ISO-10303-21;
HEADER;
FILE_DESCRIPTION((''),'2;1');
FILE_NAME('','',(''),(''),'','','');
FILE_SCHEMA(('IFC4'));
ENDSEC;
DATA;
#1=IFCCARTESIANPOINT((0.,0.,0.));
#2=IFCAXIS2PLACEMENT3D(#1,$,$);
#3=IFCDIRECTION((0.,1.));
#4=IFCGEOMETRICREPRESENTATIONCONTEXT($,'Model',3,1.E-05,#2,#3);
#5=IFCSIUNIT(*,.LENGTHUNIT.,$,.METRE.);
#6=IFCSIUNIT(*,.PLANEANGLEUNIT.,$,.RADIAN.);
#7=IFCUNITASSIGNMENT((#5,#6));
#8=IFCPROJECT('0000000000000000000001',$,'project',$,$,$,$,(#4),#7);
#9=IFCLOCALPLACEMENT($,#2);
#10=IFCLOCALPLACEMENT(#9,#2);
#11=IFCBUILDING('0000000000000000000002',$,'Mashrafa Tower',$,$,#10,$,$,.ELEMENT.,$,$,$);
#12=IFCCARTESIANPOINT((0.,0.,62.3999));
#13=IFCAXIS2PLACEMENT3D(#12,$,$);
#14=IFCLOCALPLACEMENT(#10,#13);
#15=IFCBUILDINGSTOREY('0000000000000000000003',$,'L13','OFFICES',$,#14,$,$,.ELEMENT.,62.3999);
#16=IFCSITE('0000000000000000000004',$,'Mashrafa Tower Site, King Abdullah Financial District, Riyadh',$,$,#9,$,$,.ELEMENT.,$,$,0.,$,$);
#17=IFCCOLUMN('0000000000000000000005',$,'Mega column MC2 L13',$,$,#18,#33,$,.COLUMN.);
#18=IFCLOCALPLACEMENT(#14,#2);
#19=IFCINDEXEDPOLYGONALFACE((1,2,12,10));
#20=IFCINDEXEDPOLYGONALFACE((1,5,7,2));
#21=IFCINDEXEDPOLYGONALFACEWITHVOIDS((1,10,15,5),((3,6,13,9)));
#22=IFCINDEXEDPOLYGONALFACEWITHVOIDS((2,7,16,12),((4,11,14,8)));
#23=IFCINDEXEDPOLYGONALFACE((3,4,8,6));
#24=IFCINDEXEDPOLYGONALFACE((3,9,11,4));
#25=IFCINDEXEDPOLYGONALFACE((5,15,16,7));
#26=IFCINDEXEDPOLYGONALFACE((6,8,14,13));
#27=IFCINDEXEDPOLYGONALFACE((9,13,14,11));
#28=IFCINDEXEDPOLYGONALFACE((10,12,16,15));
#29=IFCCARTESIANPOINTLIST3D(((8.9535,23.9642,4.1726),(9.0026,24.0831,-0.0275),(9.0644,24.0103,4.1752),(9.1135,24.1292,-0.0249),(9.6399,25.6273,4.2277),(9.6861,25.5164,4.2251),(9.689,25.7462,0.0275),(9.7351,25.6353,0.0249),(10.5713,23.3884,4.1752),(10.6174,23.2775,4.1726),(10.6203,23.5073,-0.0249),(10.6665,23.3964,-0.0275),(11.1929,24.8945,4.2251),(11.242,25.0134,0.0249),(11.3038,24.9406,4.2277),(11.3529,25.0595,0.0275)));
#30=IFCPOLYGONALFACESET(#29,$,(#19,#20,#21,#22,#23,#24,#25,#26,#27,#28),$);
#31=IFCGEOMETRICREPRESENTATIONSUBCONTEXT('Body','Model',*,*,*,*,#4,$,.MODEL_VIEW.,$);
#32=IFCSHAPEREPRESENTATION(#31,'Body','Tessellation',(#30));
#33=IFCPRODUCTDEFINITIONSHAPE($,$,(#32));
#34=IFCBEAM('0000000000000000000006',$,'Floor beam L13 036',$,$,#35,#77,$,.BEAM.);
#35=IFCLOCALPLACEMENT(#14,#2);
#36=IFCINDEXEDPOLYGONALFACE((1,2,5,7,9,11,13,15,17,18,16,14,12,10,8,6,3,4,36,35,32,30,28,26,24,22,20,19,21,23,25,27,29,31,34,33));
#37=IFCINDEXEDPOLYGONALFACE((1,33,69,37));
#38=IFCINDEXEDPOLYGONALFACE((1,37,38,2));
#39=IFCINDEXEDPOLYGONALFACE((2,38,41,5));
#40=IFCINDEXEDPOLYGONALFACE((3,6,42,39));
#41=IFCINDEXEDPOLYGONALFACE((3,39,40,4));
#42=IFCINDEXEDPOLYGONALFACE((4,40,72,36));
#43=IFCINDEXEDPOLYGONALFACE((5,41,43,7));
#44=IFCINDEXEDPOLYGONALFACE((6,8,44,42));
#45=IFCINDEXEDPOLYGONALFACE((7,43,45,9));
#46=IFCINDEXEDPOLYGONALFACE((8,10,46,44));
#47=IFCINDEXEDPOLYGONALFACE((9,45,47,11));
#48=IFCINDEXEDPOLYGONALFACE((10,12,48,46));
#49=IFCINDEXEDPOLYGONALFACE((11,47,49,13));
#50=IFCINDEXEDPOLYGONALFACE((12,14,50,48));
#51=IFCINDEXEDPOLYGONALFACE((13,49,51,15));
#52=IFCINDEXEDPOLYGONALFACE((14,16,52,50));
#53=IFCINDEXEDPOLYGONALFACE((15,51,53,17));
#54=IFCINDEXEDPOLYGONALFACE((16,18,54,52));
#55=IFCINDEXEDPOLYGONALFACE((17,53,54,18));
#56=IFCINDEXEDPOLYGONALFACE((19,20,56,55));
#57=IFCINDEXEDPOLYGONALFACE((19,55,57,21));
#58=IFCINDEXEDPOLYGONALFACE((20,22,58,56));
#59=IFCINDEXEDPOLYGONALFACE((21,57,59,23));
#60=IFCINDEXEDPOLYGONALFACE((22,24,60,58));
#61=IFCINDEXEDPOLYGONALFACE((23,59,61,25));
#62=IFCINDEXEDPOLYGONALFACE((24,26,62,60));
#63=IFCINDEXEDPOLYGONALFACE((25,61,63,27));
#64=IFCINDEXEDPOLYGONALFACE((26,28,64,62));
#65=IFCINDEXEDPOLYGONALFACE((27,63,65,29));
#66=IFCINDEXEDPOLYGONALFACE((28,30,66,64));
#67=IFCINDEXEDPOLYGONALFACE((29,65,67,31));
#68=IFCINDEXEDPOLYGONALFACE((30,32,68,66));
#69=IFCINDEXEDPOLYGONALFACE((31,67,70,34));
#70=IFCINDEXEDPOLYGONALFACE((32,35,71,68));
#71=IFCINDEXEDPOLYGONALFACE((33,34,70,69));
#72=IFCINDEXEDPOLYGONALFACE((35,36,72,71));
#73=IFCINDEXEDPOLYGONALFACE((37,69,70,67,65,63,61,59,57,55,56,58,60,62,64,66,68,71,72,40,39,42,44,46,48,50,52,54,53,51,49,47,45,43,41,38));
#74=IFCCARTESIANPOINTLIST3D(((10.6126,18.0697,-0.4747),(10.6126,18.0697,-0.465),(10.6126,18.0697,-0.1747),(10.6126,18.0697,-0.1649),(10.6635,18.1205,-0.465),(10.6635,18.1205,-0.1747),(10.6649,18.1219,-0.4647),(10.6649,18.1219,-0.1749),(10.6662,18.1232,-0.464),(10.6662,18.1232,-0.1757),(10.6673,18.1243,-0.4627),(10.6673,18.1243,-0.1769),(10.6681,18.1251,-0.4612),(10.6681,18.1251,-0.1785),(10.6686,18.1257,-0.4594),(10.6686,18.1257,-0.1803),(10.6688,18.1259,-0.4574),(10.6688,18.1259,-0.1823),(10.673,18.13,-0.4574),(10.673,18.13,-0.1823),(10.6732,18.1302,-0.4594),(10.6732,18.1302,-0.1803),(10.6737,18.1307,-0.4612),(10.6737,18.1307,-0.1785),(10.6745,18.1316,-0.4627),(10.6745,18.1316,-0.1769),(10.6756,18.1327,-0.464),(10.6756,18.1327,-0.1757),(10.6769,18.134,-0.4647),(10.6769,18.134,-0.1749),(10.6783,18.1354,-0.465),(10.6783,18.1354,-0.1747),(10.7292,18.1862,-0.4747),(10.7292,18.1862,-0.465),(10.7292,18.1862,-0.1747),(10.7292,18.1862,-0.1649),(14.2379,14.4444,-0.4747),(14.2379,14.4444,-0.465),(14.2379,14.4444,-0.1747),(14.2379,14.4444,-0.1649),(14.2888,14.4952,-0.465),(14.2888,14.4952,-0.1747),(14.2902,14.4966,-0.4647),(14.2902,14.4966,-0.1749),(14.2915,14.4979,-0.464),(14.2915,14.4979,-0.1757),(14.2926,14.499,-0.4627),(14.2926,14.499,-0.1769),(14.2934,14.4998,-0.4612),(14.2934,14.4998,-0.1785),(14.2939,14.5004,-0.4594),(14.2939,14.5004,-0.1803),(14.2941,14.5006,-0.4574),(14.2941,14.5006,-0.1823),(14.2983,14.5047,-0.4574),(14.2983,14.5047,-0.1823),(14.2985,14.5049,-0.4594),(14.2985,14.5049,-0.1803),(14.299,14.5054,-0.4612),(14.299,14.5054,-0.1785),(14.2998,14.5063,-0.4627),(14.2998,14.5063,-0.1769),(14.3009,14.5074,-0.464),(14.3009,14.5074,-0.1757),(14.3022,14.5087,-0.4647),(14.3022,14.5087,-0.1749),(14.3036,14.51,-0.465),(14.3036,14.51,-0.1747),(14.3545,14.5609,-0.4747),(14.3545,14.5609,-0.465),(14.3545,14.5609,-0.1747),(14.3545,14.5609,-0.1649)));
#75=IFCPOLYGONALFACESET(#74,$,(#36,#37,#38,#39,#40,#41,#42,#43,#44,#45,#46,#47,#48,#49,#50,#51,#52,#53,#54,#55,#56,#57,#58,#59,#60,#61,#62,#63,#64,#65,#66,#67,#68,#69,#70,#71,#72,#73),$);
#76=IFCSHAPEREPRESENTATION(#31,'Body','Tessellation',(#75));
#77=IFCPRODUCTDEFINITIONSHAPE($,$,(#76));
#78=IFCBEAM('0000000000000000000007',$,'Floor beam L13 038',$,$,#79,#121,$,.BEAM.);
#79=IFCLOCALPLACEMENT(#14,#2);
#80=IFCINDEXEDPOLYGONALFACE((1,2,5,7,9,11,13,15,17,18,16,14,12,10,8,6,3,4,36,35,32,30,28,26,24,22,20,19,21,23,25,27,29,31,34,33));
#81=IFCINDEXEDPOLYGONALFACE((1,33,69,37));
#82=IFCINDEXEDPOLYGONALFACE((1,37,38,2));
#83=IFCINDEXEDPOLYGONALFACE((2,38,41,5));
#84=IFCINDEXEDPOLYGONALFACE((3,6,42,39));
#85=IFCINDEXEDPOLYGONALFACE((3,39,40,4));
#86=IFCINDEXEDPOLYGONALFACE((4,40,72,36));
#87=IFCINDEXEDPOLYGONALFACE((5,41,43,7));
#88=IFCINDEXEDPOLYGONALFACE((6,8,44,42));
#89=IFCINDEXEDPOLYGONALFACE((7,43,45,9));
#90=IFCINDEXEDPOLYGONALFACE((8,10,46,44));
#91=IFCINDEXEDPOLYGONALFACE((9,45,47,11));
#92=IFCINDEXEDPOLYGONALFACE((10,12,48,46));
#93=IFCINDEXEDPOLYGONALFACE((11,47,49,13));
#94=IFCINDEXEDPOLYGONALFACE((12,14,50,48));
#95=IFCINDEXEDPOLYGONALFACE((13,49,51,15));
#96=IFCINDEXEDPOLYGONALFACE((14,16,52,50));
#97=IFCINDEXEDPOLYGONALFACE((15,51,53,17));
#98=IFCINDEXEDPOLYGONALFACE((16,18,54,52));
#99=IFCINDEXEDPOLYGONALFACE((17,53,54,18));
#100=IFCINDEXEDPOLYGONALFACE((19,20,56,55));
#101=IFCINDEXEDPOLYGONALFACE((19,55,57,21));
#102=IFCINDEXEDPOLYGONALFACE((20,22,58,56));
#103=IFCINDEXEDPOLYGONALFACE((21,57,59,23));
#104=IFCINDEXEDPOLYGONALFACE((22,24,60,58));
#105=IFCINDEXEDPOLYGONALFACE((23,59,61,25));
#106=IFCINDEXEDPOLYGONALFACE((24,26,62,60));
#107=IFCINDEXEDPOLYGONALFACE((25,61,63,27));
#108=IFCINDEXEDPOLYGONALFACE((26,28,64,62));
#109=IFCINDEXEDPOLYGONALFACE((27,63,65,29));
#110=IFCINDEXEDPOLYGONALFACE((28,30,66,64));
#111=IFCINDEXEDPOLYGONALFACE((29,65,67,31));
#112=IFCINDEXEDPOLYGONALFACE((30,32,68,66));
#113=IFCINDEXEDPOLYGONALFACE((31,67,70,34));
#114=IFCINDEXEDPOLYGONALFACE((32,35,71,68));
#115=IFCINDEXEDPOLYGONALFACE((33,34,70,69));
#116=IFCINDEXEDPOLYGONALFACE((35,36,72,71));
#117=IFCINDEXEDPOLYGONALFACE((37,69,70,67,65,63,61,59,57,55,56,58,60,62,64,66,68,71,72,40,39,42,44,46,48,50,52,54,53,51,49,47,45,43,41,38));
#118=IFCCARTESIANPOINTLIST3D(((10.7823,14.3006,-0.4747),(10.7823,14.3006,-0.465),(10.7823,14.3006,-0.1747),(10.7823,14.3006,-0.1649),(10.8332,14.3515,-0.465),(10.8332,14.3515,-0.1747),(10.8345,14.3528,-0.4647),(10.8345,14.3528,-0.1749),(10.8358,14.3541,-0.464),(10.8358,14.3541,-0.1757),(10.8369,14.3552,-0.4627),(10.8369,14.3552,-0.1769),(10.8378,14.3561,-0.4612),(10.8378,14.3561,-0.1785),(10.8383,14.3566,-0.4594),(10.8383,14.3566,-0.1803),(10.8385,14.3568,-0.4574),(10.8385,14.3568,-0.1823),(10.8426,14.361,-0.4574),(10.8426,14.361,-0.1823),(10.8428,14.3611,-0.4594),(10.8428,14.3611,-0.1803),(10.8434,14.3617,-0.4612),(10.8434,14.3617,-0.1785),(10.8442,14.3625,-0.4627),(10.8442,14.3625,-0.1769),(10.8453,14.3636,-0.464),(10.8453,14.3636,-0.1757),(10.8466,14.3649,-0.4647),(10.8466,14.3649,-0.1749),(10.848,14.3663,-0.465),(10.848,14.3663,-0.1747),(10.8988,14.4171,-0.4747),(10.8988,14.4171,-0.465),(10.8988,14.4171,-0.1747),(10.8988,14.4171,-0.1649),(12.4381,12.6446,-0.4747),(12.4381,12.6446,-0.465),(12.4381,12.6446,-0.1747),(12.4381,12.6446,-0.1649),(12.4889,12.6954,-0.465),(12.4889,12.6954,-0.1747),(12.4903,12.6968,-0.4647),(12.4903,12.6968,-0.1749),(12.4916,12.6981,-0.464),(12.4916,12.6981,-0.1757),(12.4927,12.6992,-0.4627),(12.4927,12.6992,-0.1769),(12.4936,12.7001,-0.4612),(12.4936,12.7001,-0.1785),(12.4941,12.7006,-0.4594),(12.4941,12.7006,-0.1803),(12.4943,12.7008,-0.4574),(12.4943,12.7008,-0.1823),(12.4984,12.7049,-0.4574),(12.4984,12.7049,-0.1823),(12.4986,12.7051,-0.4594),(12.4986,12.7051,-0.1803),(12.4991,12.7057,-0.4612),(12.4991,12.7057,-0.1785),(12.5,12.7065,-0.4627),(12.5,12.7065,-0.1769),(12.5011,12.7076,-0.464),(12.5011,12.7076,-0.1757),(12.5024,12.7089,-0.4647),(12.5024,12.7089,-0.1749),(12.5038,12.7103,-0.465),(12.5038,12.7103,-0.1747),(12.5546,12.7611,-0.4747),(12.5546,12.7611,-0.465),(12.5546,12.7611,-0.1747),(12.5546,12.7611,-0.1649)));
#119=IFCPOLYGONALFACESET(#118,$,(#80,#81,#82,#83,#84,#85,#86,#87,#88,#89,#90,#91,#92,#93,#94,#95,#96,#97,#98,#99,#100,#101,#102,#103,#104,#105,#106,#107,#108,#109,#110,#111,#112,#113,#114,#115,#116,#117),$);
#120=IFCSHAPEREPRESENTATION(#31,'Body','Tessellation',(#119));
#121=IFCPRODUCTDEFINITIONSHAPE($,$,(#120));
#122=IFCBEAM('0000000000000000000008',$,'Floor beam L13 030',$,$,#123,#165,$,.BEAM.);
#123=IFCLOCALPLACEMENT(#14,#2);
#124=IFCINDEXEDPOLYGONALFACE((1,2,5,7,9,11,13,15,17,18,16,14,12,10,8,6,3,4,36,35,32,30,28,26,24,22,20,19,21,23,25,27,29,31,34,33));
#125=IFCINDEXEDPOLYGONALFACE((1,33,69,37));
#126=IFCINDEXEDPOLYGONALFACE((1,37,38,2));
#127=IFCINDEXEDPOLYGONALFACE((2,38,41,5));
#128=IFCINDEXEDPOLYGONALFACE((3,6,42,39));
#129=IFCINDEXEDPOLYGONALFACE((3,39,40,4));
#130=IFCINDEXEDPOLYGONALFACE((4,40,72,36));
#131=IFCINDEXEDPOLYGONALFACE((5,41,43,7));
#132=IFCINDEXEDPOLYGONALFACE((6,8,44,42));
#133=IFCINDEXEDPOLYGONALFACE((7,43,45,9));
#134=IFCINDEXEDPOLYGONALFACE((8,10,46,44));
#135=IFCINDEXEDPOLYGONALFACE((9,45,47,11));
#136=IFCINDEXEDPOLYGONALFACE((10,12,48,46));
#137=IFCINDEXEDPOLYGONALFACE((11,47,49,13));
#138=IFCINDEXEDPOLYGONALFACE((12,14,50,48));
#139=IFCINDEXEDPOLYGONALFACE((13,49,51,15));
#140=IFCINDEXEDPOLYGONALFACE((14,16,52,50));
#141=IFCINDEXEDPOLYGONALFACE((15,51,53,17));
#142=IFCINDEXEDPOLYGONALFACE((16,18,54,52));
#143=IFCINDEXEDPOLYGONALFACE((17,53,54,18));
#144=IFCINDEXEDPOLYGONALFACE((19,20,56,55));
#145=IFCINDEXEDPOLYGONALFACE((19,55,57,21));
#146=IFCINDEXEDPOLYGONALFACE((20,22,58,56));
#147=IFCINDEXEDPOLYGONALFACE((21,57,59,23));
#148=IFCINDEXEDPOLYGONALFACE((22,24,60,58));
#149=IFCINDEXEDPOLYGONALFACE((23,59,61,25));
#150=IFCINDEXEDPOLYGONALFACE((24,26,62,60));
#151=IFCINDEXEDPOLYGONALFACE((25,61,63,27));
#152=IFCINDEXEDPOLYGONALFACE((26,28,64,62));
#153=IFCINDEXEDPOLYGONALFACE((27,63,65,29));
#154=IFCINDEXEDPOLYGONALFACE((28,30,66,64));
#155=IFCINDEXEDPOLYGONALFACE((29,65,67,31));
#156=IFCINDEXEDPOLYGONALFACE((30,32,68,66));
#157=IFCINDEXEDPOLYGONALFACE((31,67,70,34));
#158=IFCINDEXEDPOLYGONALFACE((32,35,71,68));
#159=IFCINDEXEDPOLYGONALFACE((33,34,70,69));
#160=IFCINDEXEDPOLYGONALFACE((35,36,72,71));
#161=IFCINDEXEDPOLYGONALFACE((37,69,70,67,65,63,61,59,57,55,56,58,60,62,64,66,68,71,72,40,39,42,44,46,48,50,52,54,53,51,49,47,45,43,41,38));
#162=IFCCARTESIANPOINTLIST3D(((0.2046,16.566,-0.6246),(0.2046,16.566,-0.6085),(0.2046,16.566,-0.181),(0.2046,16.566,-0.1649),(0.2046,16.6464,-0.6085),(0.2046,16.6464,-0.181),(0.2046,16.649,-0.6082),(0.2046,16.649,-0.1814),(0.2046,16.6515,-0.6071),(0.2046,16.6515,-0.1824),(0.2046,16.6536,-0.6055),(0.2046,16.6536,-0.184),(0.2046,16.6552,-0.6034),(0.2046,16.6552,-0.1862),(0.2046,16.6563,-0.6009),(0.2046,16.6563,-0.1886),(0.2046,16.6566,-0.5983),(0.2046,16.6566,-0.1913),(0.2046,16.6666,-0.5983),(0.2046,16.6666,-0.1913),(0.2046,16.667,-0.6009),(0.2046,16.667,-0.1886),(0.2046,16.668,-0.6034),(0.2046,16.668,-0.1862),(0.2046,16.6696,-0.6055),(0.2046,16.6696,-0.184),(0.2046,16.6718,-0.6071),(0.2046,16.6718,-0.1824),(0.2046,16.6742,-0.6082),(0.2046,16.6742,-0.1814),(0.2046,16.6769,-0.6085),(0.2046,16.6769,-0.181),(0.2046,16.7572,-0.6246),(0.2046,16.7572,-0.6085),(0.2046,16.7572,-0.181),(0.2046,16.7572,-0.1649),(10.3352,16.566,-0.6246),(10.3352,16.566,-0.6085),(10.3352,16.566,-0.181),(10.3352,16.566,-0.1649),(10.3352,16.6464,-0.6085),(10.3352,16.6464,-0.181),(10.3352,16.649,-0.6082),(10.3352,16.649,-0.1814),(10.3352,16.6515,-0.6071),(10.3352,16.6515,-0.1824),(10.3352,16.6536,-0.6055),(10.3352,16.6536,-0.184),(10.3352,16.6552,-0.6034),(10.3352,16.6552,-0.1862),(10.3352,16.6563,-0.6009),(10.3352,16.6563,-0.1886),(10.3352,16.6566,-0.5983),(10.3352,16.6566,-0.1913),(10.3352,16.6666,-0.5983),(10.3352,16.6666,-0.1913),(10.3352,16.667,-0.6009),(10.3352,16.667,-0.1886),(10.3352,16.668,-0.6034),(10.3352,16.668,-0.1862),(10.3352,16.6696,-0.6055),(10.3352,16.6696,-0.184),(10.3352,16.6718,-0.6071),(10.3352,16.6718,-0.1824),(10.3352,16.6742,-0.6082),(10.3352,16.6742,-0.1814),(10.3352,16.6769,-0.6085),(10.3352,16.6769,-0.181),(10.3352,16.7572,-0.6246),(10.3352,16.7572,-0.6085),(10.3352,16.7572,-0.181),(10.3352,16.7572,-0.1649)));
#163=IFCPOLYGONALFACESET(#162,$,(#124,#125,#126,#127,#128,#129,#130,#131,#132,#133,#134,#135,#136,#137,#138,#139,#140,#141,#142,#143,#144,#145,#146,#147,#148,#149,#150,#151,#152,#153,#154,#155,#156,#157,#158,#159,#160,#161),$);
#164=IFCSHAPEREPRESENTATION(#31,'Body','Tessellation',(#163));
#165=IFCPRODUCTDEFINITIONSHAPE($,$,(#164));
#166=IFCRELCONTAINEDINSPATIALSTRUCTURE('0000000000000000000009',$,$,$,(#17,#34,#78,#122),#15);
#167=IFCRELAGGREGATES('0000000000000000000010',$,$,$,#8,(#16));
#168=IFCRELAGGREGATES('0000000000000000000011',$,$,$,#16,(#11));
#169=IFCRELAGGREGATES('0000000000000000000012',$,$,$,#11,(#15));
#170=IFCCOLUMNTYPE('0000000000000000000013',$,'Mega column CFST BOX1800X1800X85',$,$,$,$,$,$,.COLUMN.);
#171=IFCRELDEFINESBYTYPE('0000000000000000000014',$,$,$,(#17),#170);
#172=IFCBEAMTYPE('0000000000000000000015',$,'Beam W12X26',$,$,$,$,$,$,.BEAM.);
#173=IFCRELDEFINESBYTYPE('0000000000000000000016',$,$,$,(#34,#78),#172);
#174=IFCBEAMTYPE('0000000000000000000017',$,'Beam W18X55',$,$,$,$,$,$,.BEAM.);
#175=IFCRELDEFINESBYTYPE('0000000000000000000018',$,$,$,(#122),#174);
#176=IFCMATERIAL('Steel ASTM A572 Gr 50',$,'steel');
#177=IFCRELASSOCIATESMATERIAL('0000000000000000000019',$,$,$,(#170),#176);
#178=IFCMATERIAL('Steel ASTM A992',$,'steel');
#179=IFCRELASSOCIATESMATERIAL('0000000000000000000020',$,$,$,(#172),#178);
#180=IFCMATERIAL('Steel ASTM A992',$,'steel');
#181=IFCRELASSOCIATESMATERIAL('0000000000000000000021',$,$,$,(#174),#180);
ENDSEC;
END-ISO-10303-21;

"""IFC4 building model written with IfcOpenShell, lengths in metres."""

from ifc_helpers import new_model, si_unit, direction, frame, origin, origin_2d, place, context, subcontext, project, spatial, hollow_rectangle, i_section, extrude, material, material_profile, profile_set, type_object, element, save


model = new_model("IFC4")

# Units and contexts
model_context = context("Model", 3, precision=1e-05, world=origin(), true_north=direction((0.0, 1.0)))
body_context = subcontext(model_context, "Body", "Model", "MODEL_VIEW")
ifc_project = project(units=[si_unit("LENGTHUNIT", "METRE"), si_unit("PLANEANGLEUNIT", "RADIAN")], contexts=[model_context])

# Site, building, storey
site_placement = place(None, origin())
site = spatial("IfcSite", under=ifc_project, at=site_placement, Name="Mashrafa Tower Site, King Abdullah Financial District, Riyadh", CompositionType="ELEMENT", RefElevation=0.0)
building_placement = place(site_placement, origin())
building = spatial("IfcBuilding", under=site, at=building_placement, Name="Mashrafa Tower", CompositionType="ELEMENT")
storey_placement = place(building_placement, frame((0.0, 0.0, 62.3999)))
storey = spatial("IfcBuildingStorey", under=building, at=storey_placement, Name="L13", Description="OFFICES", CompositionType="ELEMENT", Elevation=62.3999)

# Column
ifc_material_1 = material(Name="Steel ASTM A572 Gr 50", Category="steel")
ifc_material_profile_1 = material_profile(ifc_material_1, hollow_rectangle(XDim=1.8, YDim=1.8, WallThickness=0.085, at=origin_2d()), Name="BOX1800X1800X85")
ifc_profile_set_1 = profile_set([ifc_material_profile_1], Name="Steel ASTM A572 Gr 50")
column_type = type_object("IfcColumnType", Name="Mega column CFST BOX1800X1800X85", PredefinedType="COLUMN", material=ifc_profile_set_1)
column_placement = place(storey_placement, frame((10.1777, 24.5713, 0.0), z_axis=(-0.011678, -0.028294, 0.999531), x_axis=(0.924363, -0.381513, 0.0)))
element("IfcColumn", 1, at=column_placement, inside=storey, type_object=column_type, Name="Mega column MC2 L13", PredefinedType="COLUMN", context=body_context, shape_type="SweptSolid", body=[
    extrude(hollow_rectangle(XDim=1.8, YDim=1.8, WallThickness=0.085, at=origin_2d()), origin(), (0.0, 0.0, 1.0), 4.2021),
])

# Beams
ifc_material_2 = material(Name="Steel ASTM A992", Category="steel")
ifc_material_profile_2 = material_profile(ifc_material_2, i_section(OverallWidth=0.1648, OverallDepth=0.3098, WebThickness=0.0059, FlangeThickness=0.0098, FilletRadius=0.0076, at=origin_2d()), Name="W12X26")
ifc_profile_set_2 = profile_set([ifc_material_profile_2], Name="Steel ASTM A992")
beam_type_1 = type_object("IfcBeamType", Name="Beam W12X26", PredefinedType="BEAM", material=ifc_profile_set_2)
beam_1_placement = place(storey_placement, frame((10.6709, 18.1279, -0.3198), z_axis=(0.707107, -0.707107, 0.0), x_axis=(0.707107, 0.707107, 0.0)))
element("IfcBeam", 2, at=beam_1_placement, inside=storey, type_object=beam_type_1, Name="Floor beam L13 036", PredefinedType="BEAM", context=body_context, shape_type="SweptSolid", body=[
    extrude(i_section(OverallWidth=0.1648, OverallDepth=0.3098, WebThickness=0.0059, FlangeThickness=0.0098, FilletRadius=0.0076, at=origin_2d()), origin(), (0.0, 0.0, 1.0), 5.127),
])
beam_2_placement = place(storey_placement, frame((10.8406, 14.3589, -0.3198), z_axis=(0.707055, -0.707159, 0.0), x_axis=(0.707159, 0.707055, 0.0)))
element("IfcBeam", 3, at=beam_2_placement, inside=storey, type_object=beam_type_1, Name="Floor beam L13 038", PredefinedType="BEAM", context=body_context, shape_type="SweptSolid", body=[
    extrude(i_section(OverallWidth=0.1648, OverallDepth=0.3098, WebThickness=0.0059, FlangeThickness=0.0098, FilletRadius=0.0076, at=origin_2d()), origin(), (0.0, 0.0, 1.0), 2.3418),
])
ifc_material_3 = material(Name="Steel ASTM A992", Category="steel")
ifc_material_profile_3 = material_profile(ifc_material_3, i_section(OverallWidth=0.1912, OverallDepth=0.4597, WebThickness=0.01, FlangeThickness=0.0161, FilletRadius=0.0103, at=origin_2d()), Name="W18X55")
ifc_profile_set_3 = profile_set([ifc_material_profile_3], Name="Steel ASTM A992")
beam_type_2 = type_object("IfcBeamType", Name="Beam W18X55", PredefinedType="BEAM", material=ifc_profile_set_3)
beam_3_placement = place(storey_placement, frame((0.2046, 16.6616, -0.3948), z_axis=(1.0, 0.0, 0.0), x_axis=(0.0, 1.0, 0.0)))
element("IfcBeam", 4, at=beam_3_placement, inside=storey, type_object=beam_type_2, Name="Floor beam L13 030", PredefinedType="BEAM", context=body_context, shape_type="SweptSolid", body=[
    extrude(i_section(OverallWidth=0.1912, OverallDepth=0.4597, WebThickness=0.01, FlangeThickness=0.0161, FilletRadius=0.0103, at=origin_2d()), origin(), (0.0, 0.0, 1.0), 10.1306),
])

save(model, "model.ifc")
